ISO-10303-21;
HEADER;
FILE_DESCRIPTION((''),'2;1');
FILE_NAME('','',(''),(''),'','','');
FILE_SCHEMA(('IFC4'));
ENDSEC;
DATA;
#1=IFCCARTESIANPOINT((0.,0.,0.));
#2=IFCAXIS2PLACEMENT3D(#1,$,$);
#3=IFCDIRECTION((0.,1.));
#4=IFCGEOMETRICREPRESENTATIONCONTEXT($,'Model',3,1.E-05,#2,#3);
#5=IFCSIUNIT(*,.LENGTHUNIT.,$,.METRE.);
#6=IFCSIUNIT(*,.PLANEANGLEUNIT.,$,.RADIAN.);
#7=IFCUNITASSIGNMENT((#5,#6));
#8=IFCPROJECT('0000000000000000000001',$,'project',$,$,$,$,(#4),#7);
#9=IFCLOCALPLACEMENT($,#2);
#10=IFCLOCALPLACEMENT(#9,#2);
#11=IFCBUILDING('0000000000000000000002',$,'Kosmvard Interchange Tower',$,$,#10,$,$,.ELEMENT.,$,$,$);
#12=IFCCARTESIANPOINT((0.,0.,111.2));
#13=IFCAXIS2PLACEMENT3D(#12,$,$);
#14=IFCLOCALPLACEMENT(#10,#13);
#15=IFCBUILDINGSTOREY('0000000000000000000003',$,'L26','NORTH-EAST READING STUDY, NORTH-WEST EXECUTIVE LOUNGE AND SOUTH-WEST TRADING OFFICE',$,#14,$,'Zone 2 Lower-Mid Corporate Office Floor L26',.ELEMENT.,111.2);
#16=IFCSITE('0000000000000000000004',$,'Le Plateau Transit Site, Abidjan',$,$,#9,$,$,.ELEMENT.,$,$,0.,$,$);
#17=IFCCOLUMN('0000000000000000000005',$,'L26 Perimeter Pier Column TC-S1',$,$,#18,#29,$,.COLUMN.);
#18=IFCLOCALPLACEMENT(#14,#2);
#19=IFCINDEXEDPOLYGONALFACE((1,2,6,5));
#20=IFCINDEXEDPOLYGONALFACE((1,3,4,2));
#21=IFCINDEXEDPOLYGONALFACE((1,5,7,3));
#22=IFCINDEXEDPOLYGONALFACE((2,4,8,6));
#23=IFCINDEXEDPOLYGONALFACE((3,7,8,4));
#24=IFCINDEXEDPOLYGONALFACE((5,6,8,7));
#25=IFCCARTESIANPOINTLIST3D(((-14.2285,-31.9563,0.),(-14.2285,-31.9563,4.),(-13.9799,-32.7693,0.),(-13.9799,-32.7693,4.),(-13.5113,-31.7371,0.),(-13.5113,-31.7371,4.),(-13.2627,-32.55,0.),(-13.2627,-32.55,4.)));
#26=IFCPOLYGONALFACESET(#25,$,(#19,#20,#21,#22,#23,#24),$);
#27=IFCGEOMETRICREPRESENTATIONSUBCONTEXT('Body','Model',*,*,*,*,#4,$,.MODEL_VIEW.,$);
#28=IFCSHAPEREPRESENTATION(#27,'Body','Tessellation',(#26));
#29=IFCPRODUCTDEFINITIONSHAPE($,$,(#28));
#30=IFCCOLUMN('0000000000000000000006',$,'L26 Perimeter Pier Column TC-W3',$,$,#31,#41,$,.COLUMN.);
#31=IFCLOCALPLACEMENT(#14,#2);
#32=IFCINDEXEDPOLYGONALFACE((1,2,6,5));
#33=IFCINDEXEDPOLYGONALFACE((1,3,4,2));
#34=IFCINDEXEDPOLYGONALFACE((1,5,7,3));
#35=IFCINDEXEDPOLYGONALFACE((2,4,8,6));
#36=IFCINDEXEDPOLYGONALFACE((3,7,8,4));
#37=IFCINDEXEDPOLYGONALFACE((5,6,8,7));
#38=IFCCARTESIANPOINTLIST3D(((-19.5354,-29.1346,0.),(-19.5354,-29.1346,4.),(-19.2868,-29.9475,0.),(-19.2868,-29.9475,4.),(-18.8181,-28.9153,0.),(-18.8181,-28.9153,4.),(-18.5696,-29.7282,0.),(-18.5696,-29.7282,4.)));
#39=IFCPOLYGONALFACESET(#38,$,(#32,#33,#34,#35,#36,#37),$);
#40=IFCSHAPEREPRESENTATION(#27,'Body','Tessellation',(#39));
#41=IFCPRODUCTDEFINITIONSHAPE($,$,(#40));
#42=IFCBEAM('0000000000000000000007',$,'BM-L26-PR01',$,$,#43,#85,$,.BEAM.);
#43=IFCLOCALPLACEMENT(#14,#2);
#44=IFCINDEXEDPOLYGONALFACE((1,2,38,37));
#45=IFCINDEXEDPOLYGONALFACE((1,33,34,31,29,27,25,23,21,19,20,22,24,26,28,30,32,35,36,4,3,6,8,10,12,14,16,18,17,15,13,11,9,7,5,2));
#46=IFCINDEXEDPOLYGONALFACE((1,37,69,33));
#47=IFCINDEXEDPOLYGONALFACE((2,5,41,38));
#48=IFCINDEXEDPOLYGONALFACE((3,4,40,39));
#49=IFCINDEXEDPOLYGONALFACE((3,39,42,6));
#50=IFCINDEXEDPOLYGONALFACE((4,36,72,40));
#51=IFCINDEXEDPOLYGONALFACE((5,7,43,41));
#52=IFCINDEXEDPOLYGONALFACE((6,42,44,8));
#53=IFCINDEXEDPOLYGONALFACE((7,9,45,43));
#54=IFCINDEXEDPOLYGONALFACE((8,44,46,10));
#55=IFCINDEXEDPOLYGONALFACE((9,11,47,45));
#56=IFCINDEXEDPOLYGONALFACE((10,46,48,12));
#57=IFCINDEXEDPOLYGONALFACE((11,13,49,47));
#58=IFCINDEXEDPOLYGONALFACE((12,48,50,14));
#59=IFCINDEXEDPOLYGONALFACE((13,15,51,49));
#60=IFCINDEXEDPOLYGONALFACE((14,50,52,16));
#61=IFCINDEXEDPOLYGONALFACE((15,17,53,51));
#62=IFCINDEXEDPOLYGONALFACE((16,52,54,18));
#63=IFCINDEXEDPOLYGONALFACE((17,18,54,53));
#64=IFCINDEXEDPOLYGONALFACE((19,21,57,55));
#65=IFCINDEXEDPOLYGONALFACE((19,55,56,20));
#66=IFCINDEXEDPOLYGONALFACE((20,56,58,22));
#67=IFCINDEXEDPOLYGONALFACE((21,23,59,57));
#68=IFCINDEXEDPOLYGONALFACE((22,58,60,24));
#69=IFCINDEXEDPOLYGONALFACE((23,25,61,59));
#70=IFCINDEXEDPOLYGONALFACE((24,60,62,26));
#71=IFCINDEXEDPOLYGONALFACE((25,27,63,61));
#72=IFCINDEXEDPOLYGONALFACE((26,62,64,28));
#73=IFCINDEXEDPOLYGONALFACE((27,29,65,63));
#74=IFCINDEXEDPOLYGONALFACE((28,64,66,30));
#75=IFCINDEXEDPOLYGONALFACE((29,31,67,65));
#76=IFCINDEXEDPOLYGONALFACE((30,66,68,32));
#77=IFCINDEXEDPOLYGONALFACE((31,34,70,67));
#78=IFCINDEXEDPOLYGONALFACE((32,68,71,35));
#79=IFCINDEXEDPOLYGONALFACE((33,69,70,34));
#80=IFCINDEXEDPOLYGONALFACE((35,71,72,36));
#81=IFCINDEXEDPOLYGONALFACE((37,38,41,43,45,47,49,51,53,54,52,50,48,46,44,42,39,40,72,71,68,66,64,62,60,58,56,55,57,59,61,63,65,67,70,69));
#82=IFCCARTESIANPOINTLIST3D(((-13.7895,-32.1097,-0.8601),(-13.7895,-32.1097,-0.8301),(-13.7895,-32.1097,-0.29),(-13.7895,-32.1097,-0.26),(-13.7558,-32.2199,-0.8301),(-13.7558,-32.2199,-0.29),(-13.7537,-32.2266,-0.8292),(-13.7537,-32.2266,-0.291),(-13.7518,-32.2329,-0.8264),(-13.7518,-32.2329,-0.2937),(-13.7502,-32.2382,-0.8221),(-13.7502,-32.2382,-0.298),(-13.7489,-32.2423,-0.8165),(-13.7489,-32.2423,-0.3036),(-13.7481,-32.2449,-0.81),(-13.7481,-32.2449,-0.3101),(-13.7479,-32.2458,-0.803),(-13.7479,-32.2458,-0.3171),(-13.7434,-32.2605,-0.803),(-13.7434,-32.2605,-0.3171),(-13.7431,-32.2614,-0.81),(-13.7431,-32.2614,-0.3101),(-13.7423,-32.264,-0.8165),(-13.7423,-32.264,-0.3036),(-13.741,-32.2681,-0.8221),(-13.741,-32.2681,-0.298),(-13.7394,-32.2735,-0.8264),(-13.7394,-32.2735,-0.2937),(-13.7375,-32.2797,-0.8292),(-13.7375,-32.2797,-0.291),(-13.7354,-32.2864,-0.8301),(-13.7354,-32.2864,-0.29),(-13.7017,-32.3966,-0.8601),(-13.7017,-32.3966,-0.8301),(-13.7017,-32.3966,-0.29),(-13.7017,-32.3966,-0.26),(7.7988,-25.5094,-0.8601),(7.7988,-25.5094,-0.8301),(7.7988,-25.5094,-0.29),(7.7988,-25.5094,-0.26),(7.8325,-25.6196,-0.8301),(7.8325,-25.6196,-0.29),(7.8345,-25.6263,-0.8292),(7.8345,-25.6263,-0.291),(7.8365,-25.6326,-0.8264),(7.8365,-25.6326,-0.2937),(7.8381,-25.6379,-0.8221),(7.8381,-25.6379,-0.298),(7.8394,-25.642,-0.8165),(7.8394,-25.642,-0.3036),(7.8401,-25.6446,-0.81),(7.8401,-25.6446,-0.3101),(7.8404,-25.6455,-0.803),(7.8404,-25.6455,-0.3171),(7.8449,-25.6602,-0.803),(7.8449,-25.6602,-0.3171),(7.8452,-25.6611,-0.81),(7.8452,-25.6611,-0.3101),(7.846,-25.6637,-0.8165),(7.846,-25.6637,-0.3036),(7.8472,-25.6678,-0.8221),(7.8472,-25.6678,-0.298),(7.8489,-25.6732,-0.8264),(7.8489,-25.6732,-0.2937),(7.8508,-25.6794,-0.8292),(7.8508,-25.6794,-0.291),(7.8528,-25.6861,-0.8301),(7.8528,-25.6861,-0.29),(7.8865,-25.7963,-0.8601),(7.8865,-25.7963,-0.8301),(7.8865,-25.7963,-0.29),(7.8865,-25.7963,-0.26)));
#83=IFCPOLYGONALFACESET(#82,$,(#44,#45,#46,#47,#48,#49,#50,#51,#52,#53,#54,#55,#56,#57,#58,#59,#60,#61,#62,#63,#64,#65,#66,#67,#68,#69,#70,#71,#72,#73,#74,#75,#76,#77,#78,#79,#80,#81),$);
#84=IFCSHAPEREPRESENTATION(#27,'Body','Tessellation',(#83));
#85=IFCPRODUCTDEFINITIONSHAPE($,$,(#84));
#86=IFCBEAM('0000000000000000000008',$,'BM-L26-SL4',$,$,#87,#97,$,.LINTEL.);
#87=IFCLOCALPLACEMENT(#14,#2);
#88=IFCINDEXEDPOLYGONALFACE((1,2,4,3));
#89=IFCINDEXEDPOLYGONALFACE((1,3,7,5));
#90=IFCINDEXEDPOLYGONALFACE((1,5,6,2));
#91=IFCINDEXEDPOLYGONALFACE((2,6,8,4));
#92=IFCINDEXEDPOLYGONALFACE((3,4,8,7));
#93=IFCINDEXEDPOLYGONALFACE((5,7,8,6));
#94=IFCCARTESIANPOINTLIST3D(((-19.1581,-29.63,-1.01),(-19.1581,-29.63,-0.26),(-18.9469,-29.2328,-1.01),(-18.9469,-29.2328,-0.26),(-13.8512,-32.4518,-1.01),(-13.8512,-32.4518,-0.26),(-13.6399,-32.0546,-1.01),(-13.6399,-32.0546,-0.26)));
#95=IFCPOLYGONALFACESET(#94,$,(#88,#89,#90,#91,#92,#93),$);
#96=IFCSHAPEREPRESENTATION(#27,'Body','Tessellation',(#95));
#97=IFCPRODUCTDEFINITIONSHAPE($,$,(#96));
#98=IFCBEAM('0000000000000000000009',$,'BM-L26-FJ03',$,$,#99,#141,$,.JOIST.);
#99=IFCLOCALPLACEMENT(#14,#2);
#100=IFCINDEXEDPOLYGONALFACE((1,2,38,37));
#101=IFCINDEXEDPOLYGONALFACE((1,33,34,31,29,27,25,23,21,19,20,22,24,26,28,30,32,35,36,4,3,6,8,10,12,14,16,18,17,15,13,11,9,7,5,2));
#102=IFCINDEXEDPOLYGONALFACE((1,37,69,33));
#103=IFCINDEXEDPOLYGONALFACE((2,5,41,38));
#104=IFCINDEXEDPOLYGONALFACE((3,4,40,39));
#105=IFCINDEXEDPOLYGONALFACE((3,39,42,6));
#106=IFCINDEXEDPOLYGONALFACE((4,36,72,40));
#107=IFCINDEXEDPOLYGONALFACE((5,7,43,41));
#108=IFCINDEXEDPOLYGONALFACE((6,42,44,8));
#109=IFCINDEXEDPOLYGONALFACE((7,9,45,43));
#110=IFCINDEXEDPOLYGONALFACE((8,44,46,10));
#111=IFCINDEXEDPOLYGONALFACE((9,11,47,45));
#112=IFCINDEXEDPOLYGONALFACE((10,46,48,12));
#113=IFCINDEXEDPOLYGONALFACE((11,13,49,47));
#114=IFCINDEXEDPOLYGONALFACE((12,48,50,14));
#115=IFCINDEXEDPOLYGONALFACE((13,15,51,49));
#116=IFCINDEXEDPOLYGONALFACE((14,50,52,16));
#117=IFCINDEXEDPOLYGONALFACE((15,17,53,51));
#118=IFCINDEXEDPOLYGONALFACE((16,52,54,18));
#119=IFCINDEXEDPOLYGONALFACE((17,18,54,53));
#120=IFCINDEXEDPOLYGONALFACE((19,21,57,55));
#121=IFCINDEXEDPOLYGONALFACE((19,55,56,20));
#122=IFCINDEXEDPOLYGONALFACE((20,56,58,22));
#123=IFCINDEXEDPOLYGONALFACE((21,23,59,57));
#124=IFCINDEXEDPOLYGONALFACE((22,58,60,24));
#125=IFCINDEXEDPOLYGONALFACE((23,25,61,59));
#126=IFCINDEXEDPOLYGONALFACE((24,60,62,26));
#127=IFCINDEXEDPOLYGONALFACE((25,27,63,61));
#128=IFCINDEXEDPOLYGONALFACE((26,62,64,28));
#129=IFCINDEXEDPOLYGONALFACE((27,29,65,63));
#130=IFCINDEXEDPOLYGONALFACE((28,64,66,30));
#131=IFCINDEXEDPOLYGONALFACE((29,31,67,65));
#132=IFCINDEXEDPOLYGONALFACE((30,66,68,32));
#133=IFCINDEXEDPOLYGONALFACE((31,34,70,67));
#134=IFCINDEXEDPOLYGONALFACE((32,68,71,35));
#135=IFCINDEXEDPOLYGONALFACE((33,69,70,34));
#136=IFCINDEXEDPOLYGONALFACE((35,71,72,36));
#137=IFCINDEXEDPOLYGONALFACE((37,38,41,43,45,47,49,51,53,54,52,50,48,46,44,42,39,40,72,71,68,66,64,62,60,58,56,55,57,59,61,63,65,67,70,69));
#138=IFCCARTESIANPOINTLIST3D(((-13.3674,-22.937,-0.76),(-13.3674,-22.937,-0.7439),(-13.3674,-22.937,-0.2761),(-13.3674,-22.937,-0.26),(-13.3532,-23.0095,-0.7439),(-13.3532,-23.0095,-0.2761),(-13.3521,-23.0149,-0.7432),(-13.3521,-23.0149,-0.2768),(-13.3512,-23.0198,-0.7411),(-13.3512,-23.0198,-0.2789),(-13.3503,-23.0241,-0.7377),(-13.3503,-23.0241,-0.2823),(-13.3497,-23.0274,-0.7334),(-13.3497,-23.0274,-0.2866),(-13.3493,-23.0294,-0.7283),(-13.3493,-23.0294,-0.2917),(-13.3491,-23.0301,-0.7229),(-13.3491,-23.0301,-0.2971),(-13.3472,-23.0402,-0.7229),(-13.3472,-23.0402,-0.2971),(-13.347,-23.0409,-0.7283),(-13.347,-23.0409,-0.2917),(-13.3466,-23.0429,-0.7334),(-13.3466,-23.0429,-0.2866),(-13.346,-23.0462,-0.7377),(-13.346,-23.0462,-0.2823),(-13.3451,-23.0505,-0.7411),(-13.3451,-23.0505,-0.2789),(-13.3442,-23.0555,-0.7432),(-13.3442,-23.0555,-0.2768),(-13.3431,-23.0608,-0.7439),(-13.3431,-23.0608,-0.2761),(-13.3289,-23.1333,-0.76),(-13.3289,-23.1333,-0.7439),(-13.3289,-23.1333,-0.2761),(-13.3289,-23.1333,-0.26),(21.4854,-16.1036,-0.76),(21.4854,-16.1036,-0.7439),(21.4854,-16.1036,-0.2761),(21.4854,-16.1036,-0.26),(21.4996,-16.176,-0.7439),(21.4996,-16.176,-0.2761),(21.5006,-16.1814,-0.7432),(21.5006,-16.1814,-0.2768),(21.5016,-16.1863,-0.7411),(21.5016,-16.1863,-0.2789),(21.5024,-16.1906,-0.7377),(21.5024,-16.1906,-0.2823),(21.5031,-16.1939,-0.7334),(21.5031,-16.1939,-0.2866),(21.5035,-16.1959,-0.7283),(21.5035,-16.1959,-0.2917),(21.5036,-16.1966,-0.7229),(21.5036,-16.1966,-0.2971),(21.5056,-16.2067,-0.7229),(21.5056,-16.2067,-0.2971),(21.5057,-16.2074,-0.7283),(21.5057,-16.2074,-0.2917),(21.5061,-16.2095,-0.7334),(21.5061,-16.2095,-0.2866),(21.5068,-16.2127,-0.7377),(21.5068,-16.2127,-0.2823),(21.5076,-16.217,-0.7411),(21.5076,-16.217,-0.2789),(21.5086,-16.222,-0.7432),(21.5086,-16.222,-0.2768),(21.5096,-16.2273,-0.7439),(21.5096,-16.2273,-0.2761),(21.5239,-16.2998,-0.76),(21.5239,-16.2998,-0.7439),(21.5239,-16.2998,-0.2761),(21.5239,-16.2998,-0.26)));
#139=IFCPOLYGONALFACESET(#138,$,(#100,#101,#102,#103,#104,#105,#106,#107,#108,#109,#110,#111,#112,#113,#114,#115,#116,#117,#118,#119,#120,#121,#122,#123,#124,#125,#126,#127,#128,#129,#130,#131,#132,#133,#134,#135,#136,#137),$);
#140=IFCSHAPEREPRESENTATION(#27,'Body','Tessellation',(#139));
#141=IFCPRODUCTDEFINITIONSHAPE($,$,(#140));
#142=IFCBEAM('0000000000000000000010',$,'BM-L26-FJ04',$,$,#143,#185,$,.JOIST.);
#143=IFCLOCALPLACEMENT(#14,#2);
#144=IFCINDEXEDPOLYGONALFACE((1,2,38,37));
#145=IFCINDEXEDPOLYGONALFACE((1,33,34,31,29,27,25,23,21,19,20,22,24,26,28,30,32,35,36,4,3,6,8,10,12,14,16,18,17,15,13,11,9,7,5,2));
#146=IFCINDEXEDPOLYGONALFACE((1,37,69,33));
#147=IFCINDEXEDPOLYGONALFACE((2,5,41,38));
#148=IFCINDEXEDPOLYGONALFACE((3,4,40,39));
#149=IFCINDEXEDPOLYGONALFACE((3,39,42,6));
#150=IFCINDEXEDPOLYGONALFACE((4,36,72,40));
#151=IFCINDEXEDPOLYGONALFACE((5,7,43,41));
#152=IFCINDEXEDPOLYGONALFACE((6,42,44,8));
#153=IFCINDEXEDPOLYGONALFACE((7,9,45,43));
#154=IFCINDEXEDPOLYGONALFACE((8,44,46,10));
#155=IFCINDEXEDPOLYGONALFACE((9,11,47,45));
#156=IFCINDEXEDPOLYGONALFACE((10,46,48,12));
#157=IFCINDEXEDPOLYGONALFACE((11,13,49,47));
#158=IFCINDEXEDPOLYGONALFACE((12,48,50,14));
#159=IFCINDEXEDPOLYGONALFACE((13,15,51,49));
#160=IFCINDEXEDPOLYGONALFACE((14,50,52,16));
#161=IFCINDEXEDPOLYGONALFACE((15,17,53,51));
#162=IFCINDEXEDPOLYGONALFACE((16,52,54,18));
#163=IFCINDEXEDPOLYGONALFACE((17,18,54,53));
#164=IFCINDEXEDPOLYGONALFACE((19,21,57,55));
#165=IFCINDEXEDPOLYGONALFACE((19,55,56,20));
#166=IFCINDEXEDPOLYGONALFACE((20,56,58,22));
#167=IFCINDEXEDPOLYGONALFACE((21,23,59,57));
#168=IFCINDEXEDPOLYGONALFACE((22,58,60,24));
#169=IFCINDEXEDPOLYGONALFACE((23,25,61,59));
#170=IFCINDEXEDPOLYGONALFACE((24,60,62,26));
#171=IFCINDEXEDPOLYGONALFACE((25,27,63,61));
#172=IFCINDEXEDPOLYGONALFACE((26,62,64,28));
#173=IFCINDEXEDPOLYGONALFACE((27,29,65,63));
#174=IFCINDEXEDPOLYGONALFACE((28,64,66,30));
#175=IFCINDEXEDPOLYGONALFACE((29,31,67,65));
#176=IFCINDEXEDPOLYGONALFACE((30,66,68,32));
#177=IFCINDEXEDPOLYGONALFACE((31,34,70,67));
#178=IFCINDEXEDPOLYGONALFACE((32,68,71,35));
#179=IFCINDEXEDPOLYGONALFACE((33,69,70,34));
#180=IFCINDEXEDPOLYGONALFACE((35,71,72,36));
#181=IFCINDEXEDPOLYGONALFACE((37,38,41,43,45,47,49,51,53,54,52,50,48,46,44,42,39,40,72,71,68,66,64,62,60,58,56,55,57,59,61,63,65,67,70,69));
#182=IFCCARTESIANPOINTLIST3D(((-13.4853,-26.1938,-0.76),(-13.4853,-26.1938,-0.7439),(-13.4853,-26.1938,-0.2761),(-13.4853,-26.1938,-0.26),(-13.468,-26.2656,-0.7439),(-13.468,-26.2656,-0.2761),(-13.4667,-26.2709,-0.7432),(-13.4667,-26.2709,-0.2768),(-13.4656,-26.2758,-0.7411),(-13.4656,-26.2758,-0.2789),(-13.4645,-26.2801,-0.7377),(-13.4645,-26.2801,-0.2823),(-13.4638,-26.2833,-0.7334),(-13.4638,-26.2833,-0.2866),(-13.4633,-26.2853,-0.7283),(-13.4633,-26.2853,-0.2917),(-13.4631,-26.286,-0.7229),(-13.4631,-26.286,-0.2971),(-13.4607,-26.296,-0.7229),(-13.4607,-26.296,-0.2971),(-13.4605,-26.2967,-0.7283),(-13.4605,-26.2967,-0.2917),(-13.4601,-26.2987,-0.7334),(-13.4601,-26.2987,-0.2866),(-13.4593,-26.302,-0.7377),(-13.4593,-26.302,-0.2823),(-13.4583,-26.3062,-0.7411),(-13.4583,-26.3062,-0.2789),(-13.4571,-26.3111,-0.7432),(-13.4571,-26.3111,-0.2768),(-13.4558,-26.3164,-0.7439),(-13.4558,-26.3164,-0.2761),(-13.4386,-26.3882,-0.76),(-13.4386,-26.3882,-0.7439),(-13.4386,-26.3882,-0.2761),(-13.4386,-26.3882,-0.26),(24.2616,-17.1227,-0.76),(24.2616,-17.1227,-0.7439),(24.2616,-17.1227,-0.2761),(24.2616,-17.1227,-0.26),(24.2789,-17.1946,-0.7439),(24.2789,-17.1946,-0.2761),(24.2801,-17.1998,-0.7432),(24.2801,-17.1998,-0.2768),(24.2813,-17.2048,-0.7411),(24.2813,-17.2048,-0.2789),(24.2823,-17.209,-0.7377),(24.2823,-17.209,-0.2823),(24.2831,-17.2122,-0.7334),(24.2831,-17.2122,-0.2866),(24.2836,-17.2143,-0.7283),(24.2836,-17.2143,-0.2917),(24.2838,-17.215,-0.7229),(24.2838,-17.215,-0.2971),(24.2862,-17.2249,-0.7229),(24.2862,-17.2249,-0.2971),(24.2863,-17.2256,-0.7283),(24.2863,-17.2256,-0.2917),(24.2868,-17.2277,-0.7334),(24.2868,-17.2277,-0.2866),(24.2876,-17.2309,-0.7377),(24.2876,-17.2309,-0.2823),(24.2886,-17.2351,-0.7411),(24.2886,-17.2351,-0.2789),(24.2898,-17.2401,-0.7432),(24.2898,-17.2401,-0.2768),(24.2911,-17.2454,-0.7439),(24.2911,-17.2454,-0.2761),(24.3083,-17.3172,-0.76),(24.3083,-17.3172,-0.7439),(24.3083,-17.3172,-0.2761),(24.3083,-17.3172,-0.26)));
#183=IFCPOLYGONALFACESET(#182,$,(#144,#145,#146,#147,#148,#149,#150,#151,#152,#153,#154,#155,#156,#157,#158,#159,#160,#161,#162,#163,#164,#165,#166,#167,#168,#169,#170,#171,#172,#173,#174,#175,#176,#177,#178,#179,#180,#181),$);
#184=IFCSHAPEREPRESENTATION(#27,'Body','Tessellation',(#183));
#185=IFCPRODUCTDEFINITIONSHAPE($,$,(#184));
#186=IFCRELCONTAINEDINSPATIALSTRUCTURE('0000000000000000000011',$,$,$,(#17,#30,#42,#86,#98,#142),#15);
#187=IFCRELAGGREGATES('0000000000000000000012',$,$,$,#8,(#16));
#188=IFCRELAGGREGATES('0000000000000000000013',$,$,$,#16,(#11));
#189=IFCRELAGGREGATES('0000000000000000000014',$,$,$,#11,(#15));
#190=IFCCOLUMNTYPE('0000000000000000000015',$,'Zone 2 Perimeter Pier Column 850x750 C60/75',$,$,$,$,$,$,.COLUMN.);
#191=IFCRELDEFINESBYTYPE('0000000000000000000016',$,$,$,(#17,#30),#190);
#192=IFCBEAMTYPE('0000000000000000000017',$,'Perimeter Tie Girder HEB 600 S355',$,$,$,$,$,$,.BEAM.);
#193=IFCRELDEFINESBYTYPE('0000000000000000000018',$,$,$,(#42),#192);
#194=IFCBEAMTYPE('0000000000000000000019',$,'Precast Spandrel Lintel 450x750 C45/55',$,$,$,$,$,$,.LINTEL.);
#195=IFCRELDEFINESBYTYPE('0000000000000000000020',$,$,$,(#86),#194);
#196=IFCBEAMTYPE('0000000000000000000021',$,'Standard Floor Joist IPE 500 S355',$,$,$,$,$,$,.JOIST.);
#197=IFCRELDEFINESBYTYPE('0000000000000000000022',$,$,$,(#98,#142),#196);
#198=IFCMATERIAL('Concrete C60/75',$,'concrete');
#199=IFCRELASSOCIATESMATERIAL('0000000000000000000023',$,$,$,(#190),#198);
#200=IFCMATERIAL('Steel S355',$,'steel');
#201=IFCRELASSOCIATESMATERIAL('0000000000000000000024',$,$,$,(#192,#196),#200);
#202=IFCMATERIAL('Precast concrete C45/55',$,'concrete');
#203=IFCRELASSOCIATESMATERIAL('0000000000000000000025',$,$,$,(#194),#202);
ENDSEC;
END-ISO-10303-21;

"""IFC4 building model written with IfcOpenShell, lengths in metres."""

from ifc_helpers import new_model, si_unit, direction, frame, origin, origin_2d, place, context, subcontext, project, spatial, rectangle, i_section, extrude, source, transform, mapped, material, material_profile, profile_set, type_object, element, save


model = new_model("IFC4")

# Units and contexts
model_context = context("Model", 3, precision=1e-05, world=origin(), true_north=direction((0.0, 1.0)))
body_context = subcontext(model_context, "Body", "Model", "MODEL_VIEW")
ifc_project = project(units=[si_unit("LENGTHUNIT", "METRE"), si_unit("PLANEANGLEUNIT", "RADIAN")], contexts=[model_context])

# Site, building, storey
site_placement = place(None, origin())
site = spatial("IfcSite", under=ifc_project, at=site_placement, Name="Le Plateau Transit Site, Abidjan", CompositionType="ELEMENT", RefElevation=0.0)
building_placement = place(site_placement, origin())
building = spatial("IfcBuilding", under=site, at=building_placement, Name="Kosmvard Interchange Tower", CompositionType="ELEMENT")
storey_placement = place(building_placement, frame((0.0, 0.0, 111.2)))
storey = spatial("IfcBuildingStorey", under=building, at=storey_placement, Name="L26", Description="NORTH-EAST READING STUDY, NORTH-WEST EXECUTIVE LOUNGE AND SOUTH-WEST TRADING OFFICE", LongName="Zone 2 Lower-Mid Corporate Office Floor L26", CompositionType="ELEMENT", Elevation=111.2)

# Columns
ifc_material_1 = material(Name="Concrete C60/75", Category="concrete")
ifc_material_profile_1 = material_profile(ifc_material_1, rectangle(XDim=0.75, YDim=0.8501, at=origin_2d()), Name="TC 850x750")
ifc_profile_set_1 = profile_set([ifc_material_profile_1], Name="Concrete C60/75")
column_type = type_object("IfcColumnType", Name="Zone 2 Perimeter Pier Column 850x750 C60/75", PredefinedType="COLUMN", material=ifc_profile_set_1)
shared_shape_1 = source(origin(), body_context, "Body", "SweptSolid", [
    extrude(rectangle(XDim=0.75, YDim=0.8501, at=origin_2d()), origin(), (0.0, 0.0, 1.0), 4.0),
])
for number, where, z_axis, x_axis, name in (
    (1, (-13.7456, -32.2532, 0.0), (0.0, 0.0, 1.0), (0.956305, 0.292372, 0.0), "L26 Perimeter Pier Column TC-S1"),
    (2, (-19.0525, -29.4314, 0.0), (0.0, 0.0, 1.0), (0.956305, 0.292372, 0.0), "L26 Perimeter Pier Column TC-W3"),
):
    element("IfcColumn", number, at=place(storey_placement, frame(where, z_axis=z_axis, x_axis=x_axis)), inside=storey, type_object=column_type, Name=name, PredefinedType="COLUMN", context=body_context, shape_type="MappedRepresentation", body=[
        mapped(shared_shape_1, transform((0.0, 0.0, 0.0), scale=1.0)),
    ])

# Beams
ifc_material_2 = material(Name="Steel S355", Category="steel")
ifc_material_profile_2 = material_profile(ifc_material_2, i_section(OverallWidth=0.3, OverallDepth=0.6001, WebThickness=0.0154, FlangeThickness=0.03, FilletRadius=0.0271, at=origin_2d()), Name="HEB 600")
ifc_profile_set_2 = profile_set([ifc_material_profile_2], Name="Steel S355")
beam_type_1 = type_object("IfcBeamType", Name="Perimeter Tie Girder HEB 600 S355", PredefinedType="BEAM", material=ifc_profile_set_2)
shared_shape_2 = source(origin(), body_context, "Body", "SweptSolid", [
    extrude(i_section(OverallWidth=0.3, OverallDepth=0.6001, WebThickness=0.0154, FlangeThickness=0.03, FilletRadius=0.0271, at=origin_2d()), origin(), (0.0, 0.0, 1.0), 22.5747),
])
beam_1_placement = place(storey_placement, frame((-13.7456, -32.2532, -0.5601), z_axis=(0.956303, 0.292376, 0.0), x_axis=(-0.292376, 0.956303, 0.0)))
element("IfcBeam", 3, at=beam_1_placement, inside=storey, type_object=beam_type_1, Name="BM-L26-PR01", PredefinedType="BEAM", context=body_context, shape_type="MappedRepresentation", body=[
    mapped(shared_shape_2, transform((0.0, 0.0, 0.0), scale=1.0)),
])
ifc_material_3 = material(Name="Precast concrete C45/55", Category="concrete")
ifc_material_profile_3 = material_profile(ifc_material_3, rectangle(XDim=0.45, YDim=0.75, at=origin_2d()), Name="SL 450x750")
ifc_profile_set_3 = profile_set([ifc_material_profile_3], Name="Precast concrete C45/55")
beam_type_2 = type_object("IfcBeamType", Name="Precast Spandrel Lintel 450x750 C45/55", PredefinedType="LINTEL", material=ifc_profile_set_3)
shared_shape_3 = source(origin(), body_context, "Body", "SweptSolid", [
    extrude(rectangle(XDim=0.45, YDim=0.75, at=origin_2d()), origin(), (0.0, 0.0, 1.0), 6.0105),
])
beam_2_placement = place(storey_placement, frame((-19.0525, -29.4314, -0.635), z_axis=(0.882944, -0.469479, 0.0), x_axis=(0.469479, 0.882944, 0.0)))
element("IfcBeam", 4, at=beam_2_placement, inside=storey, type_object=beam_type_2, Name="BM-L26-SL4", PredefinedType="LINTEL", context=body_context, shape_type="MappedRepresentation", body=[
    mapped(shared_shape_3, transform((0.0, 0.0, 0.0), scale=1.0)),
])
ifc_material_profile_4 = material_profile(ifc_material_2, i_section(OverallWidth=0.2, OverallDepth=0.5, WebThickness=0.0103, FlangeThickness=0.0161, FilletRadius=0.021, at=origin_2d()), Name="IPE 500")
ifc_profile_set_4 = profile_set([ifc_material_profile_4], Name="Steel S355")
beam_type_3 = type_object("IfcBeamType", Name="Standard Floor Joist IPE 500 S355", PredefinedType="JOIST", material=ifc_profile_set_4)
shared_shape_4 = source(origin(), body_context, "Body", "SweptSolid", [
    extrude(i_section(OverallWidth=0.2, OverallDepth=0.5, WebThickness=0.0103, FlangeThickness=0.0161, FilletRadius=0.021, at=origin_2d()), origin(), (0.0, 0.0, 1.0), 35.5164),
])
beam_3_placement = place(storey_placement, frame((-13.3481, -23.0352, -0.51), z_axis=(0.981316, 0.192404, 0.0), x_axis=(-0.192404, 0.981316, 0.0)))
element("IfcBeam", 5, at=beam_3_placement, inside=storey, type_object=beam_type_3, Name="BM-L26-FJ03", PredefinedType="JOIST", context=body_context, shape_type="MappedRepresentation", body=[
    mapped(shared_shape_4, transform((0.0, 0.0, 0.0), scale=1.0)),
])
shared_shape_5 = source(origin(), body_context, "Body", "SweptSolid", [
    extrude(i_section(OverallWidth=0.2, OverallDepth=0.5, WebThickness=0.0103, FlangeThickness=0.0161, FilletRadius=0.021, at=origin_2d()), origin(), (0.0, 0.0, 1.0), 38.8215),
])
beam_4_placement = place(storey_placement, frame((-13.4619, -26.291, -0.51), z_axis=(0.972318, 0.233661, 0.0), x_axis=(-0.233661, 0.972318, 0.0)))
element("IfcBeam", 6, at=beam_4_placement, inside=storey, type_object=beam_type_3, Name="BM-L26-FJ04", PredefinedType="JOIST", context=body_context, shape_type="MappedRepresentation", body=[
    mapped(shared_shape_5, transform((0.0, 0.0, 0.0), scale=1.0)),
])

save(model, "model.ifc")
